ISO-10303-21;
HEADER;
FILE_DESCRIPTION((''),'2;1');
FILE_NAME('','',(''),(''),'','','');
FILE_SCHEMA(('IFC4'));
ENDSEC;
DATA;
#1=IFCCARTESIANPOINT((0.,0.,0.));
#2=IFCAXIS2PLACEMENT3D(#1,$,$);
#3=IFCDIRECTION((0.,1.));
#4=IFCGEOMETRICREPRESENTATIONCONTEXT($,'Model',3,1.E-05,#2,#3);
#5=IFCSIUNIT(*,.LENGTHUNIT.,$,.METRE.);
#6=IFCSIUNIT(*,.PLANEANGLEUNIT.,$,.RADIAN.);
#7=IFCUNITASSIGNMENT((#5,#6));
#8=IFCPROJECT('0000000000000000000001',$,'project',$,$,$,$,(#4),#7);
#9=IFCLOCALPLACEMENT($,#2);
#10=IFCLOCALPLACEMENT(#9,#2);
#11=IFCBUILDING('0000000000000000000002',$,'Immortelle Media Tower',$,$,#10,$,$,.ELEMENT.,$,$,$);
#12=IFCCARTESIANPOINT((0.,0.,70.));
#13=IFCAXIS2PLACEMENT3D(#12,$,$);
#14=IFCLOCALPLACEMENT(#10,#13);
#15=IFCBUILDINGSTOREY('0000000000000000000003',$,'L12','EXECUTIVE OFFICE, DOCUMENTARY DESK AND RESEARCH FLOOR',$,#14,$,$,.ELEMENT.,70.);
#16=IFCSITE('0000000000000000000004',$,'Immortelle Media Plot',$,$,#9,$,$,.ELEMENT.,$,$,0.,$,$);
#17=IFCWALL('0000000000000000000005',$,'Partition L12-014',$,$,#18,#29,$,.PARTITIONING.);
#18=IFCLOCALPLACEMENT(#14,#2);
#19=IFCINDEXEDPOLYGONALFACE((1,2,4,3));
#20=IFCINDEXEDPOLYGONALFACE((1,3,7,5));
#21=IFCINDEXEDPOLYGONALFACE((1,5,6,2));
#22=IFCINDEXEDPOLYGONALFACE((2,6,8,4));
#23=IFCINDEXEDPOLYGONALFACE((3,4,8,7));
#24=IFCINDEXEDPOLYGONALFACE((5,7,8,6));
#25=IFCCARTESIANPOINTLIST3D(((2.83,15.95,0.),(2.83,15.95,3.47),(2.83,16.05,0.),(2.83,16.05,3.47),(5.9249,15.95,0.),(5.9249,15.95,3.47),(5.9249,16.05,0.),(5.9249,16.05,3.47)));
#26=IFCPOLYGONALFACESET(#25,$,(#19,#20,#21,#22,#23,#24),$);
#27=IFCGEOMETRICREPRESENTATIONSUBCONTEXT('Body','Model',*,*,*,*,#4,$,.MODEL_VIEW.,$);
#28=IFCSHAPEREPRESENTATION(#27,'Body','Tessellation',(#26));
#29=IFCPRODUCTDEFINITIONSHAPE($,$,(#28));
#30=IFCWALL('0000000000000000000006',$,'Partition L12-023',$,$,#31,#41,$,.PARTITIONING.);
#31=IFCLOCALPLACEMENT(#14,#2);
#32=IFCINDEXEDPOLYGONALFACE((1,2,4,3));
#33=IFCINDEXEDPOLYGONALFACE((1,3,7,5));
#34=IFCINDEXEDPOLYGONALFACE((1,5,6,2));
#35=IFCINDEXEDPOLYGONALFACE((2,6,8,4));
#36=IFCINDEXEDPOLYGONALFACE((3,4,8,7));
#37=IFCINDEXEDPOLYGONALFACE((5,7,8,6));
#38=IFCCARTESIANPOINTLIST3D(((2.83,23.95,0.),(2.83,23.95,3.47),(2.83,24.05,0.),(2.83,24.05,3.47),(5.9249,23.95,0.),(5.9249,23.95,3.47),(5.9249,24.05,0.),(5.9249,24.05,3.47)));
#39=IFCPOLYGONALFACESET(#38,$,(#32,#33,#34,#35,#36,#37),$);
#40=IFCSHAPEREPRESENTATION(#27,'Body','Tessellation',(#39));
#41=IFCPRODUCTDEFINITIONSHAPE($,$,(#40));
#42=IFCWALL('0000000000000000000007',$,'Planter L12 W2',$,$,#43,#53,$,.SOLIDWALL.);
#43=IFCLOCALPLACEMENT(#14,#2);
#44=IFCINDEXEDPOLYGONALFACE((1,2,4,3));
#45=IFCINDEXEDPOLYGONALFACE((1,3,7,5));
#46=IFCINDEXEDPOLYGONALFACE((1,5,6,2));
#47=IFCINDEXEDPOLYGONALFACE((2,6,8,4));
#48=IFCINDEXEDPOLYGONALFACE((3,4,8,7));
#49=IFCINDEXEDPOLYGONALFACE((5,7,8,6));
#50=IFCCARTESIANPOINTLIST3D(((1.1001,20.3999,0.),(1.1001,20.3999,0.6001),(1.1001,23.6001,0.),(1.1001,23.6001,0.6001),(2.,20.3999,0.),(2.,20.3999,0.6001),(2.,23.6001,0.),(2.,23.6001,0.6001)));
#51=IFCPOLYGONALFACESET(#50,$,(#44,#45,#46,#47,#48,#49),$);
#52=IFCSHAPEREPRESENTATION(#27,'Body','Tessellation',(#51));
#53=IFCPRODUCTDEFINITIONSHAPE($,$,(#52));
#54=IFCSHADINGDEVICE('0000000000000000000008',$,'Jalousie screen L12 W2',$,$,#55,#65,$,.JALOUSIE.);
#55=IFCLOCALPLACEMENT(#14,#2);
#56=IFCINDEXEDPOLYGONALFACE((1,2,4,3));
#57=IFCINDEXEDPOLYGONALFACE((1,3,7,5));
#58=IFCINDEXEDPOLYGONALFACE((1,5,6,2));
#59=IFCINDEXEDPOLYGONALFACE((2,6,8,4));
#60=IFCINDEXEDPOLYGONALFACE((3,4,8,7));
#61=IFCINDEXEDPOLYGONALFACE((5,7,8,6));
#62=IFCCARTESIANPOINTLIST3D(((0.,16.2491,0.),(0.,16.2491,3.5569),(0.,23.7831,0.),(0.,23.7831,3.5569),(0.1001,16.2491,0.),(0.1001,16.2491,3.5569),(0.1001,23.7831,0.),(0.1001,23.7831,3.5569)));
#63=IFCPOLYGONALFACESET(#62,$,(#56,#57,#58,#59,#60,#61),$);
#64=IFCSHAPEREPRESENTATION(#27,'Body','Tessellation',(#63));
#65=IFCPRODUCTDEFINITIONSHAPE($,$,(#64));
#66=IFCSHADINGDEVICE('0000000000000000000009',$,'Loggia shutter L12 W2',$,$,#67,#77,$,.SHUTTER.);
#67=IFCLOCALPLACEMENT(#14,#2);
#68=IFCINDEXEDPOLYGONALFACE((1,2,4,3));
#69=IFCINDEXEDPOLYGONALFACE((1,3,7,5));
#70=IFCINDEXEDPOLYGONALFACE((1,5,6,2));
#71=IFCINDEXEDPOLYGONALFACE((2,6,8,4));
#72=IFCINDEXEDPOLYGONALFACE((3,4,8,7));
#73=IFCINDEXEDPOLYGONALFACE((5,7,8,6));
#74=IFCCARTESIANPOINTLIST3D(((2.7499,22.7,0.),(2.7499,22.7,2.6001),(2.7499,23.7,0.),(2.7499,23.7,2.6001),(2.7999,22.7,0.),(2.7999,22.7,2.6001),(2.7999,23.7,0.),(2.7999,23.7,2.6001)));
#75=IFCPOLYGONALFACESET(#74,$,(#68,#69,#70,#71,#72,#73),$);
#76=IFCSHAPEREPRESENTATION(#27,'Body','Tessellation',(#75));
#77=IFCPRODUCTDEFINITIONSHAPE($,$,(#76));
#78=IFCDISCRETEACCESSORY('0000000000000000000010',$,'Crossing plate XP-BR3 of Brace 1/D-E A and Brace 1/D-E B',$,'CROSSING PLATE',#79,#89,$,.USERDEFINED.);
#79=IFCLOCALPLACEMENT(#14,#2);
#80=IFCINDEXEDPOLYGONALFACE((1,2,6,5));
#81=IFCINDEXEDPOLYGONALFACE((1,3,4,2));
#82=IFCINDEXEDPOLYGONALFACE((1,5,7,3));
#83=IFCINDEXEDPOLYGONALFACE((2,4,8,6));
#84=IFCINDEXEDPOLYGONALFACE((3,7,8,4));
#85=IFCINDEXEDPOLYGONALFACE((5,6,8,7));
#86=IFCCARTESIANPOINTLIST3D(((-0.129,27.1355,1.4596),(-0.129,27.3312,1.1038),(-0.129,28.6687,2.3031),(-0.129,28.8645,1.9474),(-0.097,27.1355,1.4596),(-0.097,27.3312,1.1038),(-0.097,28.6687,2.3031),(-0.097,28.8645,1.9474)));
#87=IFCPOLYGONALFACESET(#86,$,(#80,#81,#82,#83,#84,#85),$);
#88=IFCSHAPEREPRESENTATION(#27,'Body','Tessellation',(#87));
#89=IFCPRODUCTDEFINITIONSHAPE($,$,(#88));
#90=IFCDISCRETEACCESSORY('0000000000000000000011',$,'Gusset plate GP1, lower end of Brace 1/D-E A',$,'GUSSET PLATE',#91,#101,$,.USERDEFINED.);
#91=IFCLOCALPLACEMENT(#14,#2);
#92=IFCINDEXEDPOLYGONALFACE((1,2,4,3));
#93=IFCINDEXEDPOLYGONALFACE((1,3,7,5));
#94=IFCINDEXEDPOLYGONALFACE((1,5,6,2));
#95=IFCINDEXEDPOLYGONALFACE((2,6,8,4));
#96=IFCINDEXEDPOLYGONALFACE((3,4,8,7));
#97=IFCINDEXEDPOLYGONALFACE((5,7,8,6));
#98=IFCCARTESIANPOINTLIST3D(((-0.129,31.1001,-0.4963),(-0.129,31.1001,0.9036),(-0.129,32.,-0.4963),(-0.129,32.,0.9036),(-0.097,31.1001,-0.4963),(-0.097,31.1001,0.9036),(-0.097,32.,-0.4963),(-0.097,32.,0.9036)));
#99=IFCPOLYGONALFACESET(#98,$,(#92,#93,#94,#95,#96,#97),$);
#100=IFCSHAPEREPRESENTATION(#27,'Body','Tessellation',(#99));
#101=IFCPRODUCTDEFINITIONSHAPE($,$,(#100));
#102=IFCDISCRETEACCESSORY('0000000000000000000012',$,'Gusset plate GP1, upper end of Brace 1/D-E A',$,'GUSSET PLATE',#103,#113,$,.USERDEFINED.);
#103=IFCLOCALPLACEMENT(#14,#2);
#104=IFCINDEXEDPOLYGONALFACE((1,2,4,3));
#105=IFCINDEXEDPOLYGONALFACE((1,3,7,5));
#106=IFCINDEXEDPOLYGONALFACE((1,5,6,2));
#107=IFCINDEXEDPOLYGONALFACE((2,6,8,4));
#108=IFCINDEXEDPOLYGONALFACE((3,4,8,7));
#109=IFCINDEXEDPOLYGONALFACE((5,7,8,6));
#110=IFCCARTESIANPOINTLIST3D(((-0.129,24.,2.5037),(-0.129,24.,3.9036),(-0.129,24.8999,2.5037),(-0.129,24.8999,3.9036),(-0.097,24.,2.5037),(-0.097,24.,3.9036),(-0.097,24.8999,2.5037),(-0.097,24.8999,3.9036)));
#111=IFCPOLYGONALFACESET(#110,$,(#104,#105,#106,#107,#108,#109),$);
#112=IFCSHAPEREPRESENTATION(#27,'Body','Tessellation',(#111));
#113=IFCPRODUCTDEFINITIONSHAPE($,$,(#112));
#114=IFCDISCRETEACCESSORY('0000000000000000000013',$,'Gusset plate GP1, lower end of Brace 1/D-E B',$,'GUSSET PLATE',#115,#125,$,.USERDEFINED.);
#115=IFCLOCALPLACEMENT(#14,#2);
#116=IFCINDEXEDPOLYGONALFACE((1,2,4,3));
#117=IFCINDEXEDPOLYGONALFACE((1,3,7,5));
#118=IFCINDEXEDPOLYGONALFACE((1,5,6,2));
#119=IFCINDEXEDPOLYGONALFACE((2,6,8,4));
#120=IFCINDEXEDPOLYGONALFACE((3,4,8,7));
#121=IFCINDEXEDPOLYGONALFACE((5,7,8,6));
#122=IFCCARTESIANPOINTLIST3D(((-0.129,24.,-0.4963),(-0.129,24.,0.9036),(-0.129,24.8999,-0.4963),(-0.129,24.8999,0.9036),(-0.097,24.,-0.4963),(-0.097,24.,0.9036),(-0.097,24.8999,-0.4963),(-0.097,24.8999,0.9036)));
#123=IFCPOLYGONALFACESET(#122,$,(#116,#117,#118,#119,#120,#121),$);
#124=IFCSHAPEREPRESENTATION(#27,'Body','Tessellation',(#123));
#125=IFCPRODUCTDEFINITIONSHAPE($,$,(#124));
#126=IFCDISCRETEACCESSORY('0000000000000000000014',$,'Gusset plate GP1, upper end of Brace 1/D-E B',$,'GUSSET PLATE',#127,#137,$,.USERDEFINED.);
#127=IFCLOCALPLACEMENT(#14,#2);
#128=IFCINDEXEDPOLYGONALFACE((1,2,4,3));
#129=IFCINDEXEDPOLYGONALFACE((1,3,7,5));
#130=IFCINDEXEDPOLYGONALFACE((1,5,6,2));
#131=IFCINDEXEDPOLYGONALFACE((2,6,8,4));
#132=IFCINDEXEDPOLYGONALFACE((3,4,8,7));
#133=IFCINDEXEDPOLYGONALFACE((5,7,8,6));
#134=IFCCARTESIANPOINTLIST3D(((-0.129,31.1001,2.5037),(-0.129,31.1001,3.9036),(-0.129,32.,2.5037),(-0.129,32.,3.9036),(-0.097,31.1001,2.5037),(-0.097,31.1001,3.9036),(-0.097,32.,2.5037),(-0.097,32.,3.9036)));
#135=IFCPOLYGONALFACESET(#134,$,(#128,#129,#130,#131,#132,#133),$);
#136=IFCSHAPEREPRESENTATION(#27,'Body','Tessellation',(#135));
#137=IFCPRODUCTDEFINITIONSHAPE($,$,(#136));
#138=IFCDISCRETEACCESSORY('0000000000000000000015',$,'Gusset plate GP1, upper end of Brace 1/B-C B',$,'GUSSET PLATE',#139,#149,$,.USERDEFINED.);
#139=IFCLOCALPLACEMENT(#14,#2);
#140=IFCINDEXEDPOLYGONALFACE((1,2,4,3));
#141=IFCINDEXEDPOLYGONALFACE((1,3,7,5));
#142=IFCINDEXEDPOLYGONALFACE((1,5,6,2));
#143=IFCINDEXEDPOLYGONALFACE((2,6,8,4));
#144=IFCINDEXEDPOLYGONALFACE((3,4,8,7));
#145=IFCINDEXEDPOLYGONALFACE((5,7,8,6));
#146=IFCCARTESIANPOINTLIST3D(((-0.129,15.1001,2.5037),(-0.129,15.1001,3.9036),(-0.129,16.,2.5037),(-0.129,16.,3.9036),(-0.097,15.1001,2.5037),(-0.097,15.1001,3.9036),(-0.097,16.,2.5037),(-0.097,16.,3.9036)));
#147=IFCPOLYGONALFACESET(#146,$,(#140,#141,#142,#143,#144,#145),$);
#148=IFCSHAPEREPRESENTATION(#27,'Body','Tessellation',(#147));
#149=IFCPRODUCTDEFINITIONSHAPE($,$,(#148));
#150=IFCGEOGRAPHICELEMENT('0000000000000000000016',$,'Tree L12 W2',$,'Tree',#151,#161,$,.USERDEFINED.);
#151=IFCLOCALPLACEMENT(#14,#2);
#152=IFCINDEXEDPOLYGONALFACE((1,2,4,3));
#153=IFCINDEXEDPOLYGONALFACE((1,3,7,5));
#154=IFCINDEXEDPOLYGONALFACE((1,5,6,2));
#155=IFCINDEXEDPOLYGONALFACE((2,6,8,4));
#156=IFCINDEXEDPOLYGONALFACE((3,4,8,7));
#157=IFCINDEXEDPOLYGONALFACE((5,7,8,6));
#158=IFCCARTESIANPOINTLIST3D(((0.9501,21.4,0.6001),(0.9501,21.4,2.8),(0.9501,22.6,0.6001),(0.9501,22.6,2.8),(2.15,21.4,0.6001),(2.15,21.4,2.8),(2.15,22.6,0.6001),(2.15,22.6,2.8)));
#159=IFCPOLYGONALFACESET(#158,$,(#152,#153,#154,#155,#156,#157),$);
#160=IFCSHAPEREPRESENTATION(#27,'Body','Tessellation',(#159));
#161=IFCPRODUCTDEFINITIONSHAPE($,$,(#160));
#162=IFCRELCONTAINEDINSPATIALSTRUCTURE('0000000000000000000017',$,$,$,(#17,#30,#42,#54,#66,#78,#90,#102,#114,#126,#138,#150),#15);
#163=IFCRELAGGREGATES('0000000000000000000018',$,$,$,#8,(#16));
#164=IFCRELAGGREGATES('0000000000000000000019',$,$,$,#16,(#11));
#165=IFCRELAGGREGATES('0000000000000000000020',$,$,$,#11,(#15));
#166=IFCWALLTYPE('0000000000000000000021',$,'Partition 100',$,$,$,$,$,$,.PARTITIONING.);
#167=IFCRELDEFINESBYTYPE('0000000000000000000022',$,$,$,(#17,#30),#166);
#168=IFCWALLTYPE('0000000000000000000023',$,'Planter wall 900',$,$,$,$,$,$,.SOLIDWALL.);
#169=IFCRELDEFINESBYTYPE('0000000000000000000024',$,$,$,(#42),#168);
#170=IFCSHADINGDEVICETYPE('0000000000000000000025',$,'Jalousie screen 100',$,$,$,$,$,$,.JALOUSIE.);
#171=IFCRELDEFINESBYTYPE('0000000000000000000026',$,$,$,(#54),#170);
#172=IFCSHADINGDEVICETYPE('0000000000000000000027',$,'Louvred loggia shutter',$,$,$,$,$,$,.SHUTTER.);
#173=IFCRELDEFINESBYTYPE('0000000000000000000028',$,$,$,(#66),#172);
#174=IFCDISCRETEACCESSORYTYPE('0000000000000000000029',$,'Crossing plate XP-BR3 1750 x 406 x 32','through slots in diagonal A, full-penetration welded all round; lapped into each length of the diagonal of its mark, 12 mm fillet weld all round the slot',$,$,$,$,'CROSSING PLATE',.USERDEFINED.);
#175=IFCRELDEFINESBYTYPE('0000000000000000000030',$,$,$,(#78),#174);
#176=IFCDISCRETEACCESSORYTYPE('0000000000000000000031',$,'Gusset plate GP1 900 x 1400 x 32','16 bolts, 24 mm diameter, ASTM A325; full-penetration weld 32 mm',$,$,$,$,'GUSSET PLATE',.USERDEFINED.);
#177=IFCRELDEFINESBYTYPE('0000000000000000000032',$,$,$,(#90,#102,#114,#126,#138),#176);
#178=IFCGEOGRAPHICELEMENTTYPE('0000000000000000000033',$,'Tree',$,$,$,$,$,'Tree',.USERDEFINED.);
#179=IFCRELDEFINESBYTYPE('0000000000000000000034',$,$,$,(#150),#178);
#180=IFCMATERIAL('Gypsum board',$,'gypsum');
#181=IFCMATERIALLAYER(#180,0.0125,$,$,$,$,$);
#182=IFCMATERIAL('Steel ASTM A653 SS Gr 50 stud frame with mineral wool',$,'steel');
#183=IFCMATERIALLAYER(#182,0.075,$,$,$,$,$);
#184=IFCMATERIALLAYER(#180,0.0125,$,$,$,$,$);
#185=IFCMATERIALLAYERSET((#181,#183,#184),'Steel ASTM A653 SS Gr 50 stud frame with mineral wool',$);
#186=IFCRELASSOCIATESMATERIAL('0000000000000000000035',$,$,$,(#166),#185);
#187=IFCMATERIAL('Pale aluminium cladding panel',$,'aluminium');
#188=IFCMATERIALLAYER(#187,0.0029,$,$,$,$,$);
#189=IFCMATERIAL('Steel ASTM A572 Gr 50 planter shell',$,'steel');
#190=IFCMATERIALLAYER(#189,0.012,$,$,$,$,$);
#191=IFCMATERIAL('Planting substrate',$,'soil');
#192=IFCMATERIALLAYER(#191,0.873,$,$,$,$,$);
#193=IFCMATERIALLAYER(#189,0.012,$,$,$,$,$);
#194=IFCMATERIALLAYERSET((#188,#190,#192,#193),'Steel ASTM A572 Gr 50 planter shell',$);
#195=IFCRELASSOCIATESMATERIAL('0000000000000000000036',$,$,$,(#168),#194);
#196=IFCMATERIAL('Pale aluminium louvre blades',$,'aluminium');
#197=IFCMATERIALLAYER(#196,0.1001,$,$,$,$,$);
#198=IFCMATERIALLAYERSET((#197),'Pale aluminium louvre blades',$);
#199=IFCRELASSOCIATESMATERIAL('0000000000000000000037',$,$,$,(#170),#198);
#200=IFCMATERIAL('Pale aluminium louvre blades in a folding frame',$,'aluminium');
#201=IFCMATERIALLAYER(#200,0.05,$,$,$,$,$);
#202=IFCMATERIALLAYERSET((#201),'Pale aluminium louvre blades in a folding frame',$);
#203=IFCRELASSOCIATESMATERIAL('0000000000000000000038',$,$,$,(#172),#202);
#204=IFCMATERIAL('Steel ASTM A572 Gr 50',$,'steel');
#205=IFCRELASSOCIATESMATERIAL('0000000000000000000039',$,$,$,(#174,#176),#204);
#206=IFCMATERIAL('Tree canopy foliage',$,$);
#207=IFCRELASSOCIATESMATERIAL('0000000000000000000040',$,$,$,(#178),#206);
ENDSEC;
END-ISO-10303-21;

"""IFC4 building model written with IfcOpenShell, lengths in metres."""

from ifc_helpers import new_model, si_unit, direction, frame, frame_2d, origin, origin_2d, place, context, subcontext, project, spatial, rectangle, extrude, material, layer, layer_set, material_profile, profile_set, type_object, element, save


model = new_model("IFC4")

# Units and contexts
model_context = context("Model", 3, precision=1e-05, world=origin(), true_north=direction((0.0, 1.0)))
body_context = subcontext(model_context, "Body", "Model", "MODEL_VIEW")
ifc_project = project(units=[si_unit("LENGTHUNIT", "METRE"), si_unit("PLANEANGLEUNIT", "RADIAN")], contexts=[model_context])

# Site, building, storey
site_placement = place(None, origin())
site = spatial("IfcSite", under=ifc_project, at=site_placement, Name="Immortelle Media Plot", CompositionType="ELEMENT", RefElevation=0.0)
building_placement = place(site_placement, origin())
building = spatial("IfcBuilding", under=site, at=building_placement, Name="Immortelle Media Tower", CompositionType="ELEMENT")
storey_placement = place(building_placement, frame((0.0, 0.0, 70.0)))
storey = spatial("IfcBuildingStorey", under=building, at=storey_placement, Name="L12", Description="EXECUTIVE OFFICE, DOCUMENTARY DESK AND RESEARCH FLOOR", CompositionType="ELEMENT", Elevation=70.0)

# Shared definitions
ifc_material_1 = material(Name="Steel ASTM A653 SS Gr 50 stud frame with mineral wool", Category="steel")

# Shared definitions
ifc_material_2 = material(Name="Pale aluminium cladding panel", Category="aluminium")

# Walls
ifc_material_3 = material(Name="Gypsum board", Category="gypsum")
ifc_layer_1 = layer(ifc_material_3, 0.0125)
ifc_layer_2 = layer(ifc_material_1, 0.075)
ifc_layer_3 = layer(ifc_material_3, 0.0125)
ifc_layer_set_1 = layer_set([ifc_layer_1, ifc_layer_2, ifc_layer_3], Name="Steel ASTM A653 SS Gr 50 stud frame with mineral wool")
wall_type_1 = type_object("IfcWallType", Name="Partition 100", PredefinedType="PARTITIONING", material=ifc_layer_set_1)
for number, where, z_axis, x_axis, name in (
    (1, (2.8301, 16.0, 0.0), (0.0, 0.0, 1.0), (1.0, 0.0, 0.0), "Partition L12-014"),
    (2, (2.8301, 24.0, 0.0), (0.0, 0.0, 1.0), (1.0, 0.0, 0.0), "Partition L12-023"),
):
    element("IfcWall", number, at=place(storey_placement, frame(where, z_axis=z_axis, x_axis=x_axis)), inside=storey, type_object=wall_type_1, Name=name, PredefinedType="PARTITIONING", context=body_context, shape_type="SweptSolid", body=[
        extrude(rectangle(XDim=3.095, YDim=0.1001, at=frame_2d((1.5474, 0.0))), origin(), (0.0, 0.0, 1.0), 3.47),
    ])
ifc_layer_4 = layer(ifc_material_2, 0.0029)
ifc_material_4 = material(Name="Steel ASTM A572 Gr 50 planter shell", Category="steel")
ifc_layer_5 = layer(ifc_material_4, 0.012)
ifc_material_5 = material(Name="Planting substrate", Category="soil")
ifc_layer_6 = layer(ifc_material_5, 0.873)
ifc_layer_7 = layer(ifc_material_4, 0.012)
ifc_layer_set_2 = layer_set([ifc_layer_4, ifc_layer_5, ifc_layer_6, ifc_layer_7], Name="Steel ASTM A572 Gr 50 planter shell")
wall_type_2 = type_object("IfcWallType", Name="Planter wall 900", PredefinedType="SOLIDWALL", material=ifc_layer_set_2)
wall_1_placement = place(storey_placement, frame((1.55, 23.6001, 0.0), z_axis=(0.0, 0.0, 1.0), x_axis=(0.0, -1.0, 0.0)))
element("IfcWall", 3, at=wall_1_placement, inside=storey, type_object=wall_type_2, Name="Planter L12 W2", PredefinedType="SOLIDWALL", context=body_context, shape_type="SweptSolid", body=[
    extrude(rectangle(XDim=3.2002, YDim=0.8999, at=frame_2d((1.6001, 0.0))), origin(), (0.0, 0.0, 1.0), 0.6001),
])

# Shading devices
ifc_material_6 = material(Name="Pale aluminium louvre blades", Category="aluminium")
ifc_layer_8 = layer(ifc_material_6, 0.1001)
ifc_layer_set_3 = layer_set([ifc_layer_8], Name="Pale aluminium louvre blades")
shading_device_type_1 = type_object("IfcShadingDeviceType", Name="Jalousie screen 100", PredefinedType="JALOUSIE", material=ifc_layer_set_3)
shading_device_1_placement = place(storey_placement, frame((0.05, 20.0161, 0.0), z_axis=(0.0, 0.0, 1.0), x_axis=(0.0, -1.0, 0.0)))
element("IfcShadingDevice", 4, at=shading_device_1_placement, inside=storey, type_object=shading_device_type_1, Name="Jalousie screen L12 W2", PredefinedType="JALOUSIE", context=body_context, shape_type="SweptSolid", body=[
    extrude(rectangle(XDim=7.5339, YDim=0.1001, at=origin_2d()), origin(), (0.0, 0.0, 1.0), 3.5569),
])
ifc_material_7 = material(Name="Pale aluminium louvre blades in a folding frame", Category="aluminium")
ifc_layer_9 = layer(ifc_material_7, 0.05)
ifc_layer_set_4 = layer_set([ifc_layer_9], Name="Pale aluminium louvre blades in a folding frame")
shading_device_type_2 = type_object("IfcShadingDeviceType", Name="Louvred loggia shutter", PredefinedType="SHUTTER", material=ifc_layer_set_4)
shading_device_2_placement = place(storey_placement, frame((2.7749, 23.2, 0.0), z_axis=(0.0, 0.0, 1.0), x_axis=(0.0, -1.0, 0.0)))
element("IfcShadingDevice", 5, at=shading_device_2_placement, inside=storey, type_object=shading_device_type_2, Name="Loggia shutter L12 W2", PredefinedType="SHUTTER", context=body_context, shape_type="SweptSolid", body=[
    extrude(rectangle(XDim=1.0, YDim=0.05, at=origin_2d()), origin(), (0.0, 0.0, 1.0), 2.6001),
])

# Discrete accessories
ifc_material_8 = material(Name="Steel ASTM A572 Gr 50", Category="steel")
ifc_material_profile_1 = material_profile(ifc_material_8, rectangle(XDim=0.032, YDim=0.406, at=origin_2d()), Name="PL 32 x 406")
ifc_profile_set_1 = profile_set([ifc_material_profile_1], Name="Steel ASTM A572 Gr 50")
discrete_accessory_type_1 = type_object("IfcDiscreteAccessoryType", Name="Crossing plate XP-BR3 1750 x 406 x 32", Description="through slots in diagonal A, full-penetration welded all round; lapped into each length of the diagonal of its mark, 12 mm fillet weld all round the slot", ElementType="CROSSING PLATE", PredefinedType="USERDEFINED", material=ifc_profile_set_1)
discrete_accessory_placement = place(storey_placement, frame((-0.113, 28.7666, 2.1252), z_axis=(0.0, -0.876157, -0.482026), x_axis=(1.0, 0.0, 0.0)))
element("IfcDiscreteAccessory", 6, at=discrete_accessory_placement, inside=storey, type_object=discrete_accessory_type_1, Name="Crossing plate XP-BR3 of Brace 1/D-E A and Brace 1/D-E B", ObjectType="CROSSING PLATE", PredefinedType="USERDEFINED", context=body_context, shape_type="SweptSolid", body=[
    extrude(rectangle(XDim=0.032, YDim=0.406, at=origin_2d()), origin(), (0.0, 0.0, 1.0), 1.75),
])
ifc_material_profile_2 = material_profile(ifc_material_8, rectangle(XDim=0.032, YDim=1.3999, at=origin_2d()), Name="PL 32 x 1400")
ifc_profile_set_2 = profile_set([ifc_material_profile_2], Name="Steel ASTM A572 Gr 50")
discrete_accessory_type_2 = type_object("IfcDiscreteAccessoryType", Name="Gusset plate GP1 900 x 1400 x 32", Description="16 bolts, 24 mm diameter, ASTM A325; full-penetration weld 32 mm", ElementType="GUSSET PLATE", PredefinedType="USERDEFINED", material=ifc_profile_set_2)
for number, where, z_axis, x_axis, name in (
    (7, (-0.113, 32.0, 0.2036), (0.0, -1.0, 0.0), (1.0, 0.0, 0.0), "Gusset plate GP1, lower end of Brace 1/D-E A"),
    (8, (-0.113, 24.0, 3.2036), (0.0, 1.0, 0.0), (-1.0, 0.0, 0.0), "Gusset plate GP1, upper end of Brace 1/D-E A"),
    (9, (-0.113, 24.0, 0.2036), (0.0, 1.0, 0.0), (-1.0, 0.0, 0.0), "Gusset plate GP1, lower end of Brace 1/D-E B"),
    (10, (-0.113, 32.0, 3.2036), (0.0, -1.0, 0.0), (1.0, 0.0, 0.0), "Gusset plate GP1, upper end of Brace 1/D-E B"),
    (11, (-0.113, 16.0, 3.2036), (0.0, -1.0, 0.0), (1.0, 0.0, 0.0), "Gusset plate GP1, upper end of Brace 1/B-C B"),
):
    element("IfcDiscreteAccessory", number, at=place(storey_placement, frame(where, z_axis=z_axis, x_axis=x_axis)), inside=storey, type_object=discrete_accessory_type_2, Name=name, ObjectType="GUSSET PLATE", PredefinedType="USERDEFINED", context=body_context, shape_type="SweptSolid", body=[
        extrude(rectangle(XDim=0.032, YDim=1.3999, at=origin_2d()), origin(), (0.0, 0.0, 1.0), 0.8999),
    ])

# Geographic element
ifc_material_9 = material(Name="Tree canopy foliage")
geographic_element_type = type_object("IfcGeographicElementType", Name="Tree", ElementType="Tree", PredefinedType="USERDEFINED", material=ifc_material_9)
geographic_element_placement = place(storey_placement, frame((1.55, 22.0, 0.6001), z_axis=(0.0, 0.0, 1.0), x_axis=(1.0, 0.0, 0.0)))
element("IfcGeographicElement", 12, at=geographic_element_placement, inside=storey, type_object=geographic_element_type, Name="Tree L12 W2", ObjectType="Tree", PredefinedType="USERDEFINED", context=body_context, shape_type="SweptSolid", body=[
    extrude(rectangle(XDim=1.2, YDim=1.2, at=origin_2d()), origin(), (0.0, 0.0, 1.0), 2.2),
])

save(model, "model.ifc")
